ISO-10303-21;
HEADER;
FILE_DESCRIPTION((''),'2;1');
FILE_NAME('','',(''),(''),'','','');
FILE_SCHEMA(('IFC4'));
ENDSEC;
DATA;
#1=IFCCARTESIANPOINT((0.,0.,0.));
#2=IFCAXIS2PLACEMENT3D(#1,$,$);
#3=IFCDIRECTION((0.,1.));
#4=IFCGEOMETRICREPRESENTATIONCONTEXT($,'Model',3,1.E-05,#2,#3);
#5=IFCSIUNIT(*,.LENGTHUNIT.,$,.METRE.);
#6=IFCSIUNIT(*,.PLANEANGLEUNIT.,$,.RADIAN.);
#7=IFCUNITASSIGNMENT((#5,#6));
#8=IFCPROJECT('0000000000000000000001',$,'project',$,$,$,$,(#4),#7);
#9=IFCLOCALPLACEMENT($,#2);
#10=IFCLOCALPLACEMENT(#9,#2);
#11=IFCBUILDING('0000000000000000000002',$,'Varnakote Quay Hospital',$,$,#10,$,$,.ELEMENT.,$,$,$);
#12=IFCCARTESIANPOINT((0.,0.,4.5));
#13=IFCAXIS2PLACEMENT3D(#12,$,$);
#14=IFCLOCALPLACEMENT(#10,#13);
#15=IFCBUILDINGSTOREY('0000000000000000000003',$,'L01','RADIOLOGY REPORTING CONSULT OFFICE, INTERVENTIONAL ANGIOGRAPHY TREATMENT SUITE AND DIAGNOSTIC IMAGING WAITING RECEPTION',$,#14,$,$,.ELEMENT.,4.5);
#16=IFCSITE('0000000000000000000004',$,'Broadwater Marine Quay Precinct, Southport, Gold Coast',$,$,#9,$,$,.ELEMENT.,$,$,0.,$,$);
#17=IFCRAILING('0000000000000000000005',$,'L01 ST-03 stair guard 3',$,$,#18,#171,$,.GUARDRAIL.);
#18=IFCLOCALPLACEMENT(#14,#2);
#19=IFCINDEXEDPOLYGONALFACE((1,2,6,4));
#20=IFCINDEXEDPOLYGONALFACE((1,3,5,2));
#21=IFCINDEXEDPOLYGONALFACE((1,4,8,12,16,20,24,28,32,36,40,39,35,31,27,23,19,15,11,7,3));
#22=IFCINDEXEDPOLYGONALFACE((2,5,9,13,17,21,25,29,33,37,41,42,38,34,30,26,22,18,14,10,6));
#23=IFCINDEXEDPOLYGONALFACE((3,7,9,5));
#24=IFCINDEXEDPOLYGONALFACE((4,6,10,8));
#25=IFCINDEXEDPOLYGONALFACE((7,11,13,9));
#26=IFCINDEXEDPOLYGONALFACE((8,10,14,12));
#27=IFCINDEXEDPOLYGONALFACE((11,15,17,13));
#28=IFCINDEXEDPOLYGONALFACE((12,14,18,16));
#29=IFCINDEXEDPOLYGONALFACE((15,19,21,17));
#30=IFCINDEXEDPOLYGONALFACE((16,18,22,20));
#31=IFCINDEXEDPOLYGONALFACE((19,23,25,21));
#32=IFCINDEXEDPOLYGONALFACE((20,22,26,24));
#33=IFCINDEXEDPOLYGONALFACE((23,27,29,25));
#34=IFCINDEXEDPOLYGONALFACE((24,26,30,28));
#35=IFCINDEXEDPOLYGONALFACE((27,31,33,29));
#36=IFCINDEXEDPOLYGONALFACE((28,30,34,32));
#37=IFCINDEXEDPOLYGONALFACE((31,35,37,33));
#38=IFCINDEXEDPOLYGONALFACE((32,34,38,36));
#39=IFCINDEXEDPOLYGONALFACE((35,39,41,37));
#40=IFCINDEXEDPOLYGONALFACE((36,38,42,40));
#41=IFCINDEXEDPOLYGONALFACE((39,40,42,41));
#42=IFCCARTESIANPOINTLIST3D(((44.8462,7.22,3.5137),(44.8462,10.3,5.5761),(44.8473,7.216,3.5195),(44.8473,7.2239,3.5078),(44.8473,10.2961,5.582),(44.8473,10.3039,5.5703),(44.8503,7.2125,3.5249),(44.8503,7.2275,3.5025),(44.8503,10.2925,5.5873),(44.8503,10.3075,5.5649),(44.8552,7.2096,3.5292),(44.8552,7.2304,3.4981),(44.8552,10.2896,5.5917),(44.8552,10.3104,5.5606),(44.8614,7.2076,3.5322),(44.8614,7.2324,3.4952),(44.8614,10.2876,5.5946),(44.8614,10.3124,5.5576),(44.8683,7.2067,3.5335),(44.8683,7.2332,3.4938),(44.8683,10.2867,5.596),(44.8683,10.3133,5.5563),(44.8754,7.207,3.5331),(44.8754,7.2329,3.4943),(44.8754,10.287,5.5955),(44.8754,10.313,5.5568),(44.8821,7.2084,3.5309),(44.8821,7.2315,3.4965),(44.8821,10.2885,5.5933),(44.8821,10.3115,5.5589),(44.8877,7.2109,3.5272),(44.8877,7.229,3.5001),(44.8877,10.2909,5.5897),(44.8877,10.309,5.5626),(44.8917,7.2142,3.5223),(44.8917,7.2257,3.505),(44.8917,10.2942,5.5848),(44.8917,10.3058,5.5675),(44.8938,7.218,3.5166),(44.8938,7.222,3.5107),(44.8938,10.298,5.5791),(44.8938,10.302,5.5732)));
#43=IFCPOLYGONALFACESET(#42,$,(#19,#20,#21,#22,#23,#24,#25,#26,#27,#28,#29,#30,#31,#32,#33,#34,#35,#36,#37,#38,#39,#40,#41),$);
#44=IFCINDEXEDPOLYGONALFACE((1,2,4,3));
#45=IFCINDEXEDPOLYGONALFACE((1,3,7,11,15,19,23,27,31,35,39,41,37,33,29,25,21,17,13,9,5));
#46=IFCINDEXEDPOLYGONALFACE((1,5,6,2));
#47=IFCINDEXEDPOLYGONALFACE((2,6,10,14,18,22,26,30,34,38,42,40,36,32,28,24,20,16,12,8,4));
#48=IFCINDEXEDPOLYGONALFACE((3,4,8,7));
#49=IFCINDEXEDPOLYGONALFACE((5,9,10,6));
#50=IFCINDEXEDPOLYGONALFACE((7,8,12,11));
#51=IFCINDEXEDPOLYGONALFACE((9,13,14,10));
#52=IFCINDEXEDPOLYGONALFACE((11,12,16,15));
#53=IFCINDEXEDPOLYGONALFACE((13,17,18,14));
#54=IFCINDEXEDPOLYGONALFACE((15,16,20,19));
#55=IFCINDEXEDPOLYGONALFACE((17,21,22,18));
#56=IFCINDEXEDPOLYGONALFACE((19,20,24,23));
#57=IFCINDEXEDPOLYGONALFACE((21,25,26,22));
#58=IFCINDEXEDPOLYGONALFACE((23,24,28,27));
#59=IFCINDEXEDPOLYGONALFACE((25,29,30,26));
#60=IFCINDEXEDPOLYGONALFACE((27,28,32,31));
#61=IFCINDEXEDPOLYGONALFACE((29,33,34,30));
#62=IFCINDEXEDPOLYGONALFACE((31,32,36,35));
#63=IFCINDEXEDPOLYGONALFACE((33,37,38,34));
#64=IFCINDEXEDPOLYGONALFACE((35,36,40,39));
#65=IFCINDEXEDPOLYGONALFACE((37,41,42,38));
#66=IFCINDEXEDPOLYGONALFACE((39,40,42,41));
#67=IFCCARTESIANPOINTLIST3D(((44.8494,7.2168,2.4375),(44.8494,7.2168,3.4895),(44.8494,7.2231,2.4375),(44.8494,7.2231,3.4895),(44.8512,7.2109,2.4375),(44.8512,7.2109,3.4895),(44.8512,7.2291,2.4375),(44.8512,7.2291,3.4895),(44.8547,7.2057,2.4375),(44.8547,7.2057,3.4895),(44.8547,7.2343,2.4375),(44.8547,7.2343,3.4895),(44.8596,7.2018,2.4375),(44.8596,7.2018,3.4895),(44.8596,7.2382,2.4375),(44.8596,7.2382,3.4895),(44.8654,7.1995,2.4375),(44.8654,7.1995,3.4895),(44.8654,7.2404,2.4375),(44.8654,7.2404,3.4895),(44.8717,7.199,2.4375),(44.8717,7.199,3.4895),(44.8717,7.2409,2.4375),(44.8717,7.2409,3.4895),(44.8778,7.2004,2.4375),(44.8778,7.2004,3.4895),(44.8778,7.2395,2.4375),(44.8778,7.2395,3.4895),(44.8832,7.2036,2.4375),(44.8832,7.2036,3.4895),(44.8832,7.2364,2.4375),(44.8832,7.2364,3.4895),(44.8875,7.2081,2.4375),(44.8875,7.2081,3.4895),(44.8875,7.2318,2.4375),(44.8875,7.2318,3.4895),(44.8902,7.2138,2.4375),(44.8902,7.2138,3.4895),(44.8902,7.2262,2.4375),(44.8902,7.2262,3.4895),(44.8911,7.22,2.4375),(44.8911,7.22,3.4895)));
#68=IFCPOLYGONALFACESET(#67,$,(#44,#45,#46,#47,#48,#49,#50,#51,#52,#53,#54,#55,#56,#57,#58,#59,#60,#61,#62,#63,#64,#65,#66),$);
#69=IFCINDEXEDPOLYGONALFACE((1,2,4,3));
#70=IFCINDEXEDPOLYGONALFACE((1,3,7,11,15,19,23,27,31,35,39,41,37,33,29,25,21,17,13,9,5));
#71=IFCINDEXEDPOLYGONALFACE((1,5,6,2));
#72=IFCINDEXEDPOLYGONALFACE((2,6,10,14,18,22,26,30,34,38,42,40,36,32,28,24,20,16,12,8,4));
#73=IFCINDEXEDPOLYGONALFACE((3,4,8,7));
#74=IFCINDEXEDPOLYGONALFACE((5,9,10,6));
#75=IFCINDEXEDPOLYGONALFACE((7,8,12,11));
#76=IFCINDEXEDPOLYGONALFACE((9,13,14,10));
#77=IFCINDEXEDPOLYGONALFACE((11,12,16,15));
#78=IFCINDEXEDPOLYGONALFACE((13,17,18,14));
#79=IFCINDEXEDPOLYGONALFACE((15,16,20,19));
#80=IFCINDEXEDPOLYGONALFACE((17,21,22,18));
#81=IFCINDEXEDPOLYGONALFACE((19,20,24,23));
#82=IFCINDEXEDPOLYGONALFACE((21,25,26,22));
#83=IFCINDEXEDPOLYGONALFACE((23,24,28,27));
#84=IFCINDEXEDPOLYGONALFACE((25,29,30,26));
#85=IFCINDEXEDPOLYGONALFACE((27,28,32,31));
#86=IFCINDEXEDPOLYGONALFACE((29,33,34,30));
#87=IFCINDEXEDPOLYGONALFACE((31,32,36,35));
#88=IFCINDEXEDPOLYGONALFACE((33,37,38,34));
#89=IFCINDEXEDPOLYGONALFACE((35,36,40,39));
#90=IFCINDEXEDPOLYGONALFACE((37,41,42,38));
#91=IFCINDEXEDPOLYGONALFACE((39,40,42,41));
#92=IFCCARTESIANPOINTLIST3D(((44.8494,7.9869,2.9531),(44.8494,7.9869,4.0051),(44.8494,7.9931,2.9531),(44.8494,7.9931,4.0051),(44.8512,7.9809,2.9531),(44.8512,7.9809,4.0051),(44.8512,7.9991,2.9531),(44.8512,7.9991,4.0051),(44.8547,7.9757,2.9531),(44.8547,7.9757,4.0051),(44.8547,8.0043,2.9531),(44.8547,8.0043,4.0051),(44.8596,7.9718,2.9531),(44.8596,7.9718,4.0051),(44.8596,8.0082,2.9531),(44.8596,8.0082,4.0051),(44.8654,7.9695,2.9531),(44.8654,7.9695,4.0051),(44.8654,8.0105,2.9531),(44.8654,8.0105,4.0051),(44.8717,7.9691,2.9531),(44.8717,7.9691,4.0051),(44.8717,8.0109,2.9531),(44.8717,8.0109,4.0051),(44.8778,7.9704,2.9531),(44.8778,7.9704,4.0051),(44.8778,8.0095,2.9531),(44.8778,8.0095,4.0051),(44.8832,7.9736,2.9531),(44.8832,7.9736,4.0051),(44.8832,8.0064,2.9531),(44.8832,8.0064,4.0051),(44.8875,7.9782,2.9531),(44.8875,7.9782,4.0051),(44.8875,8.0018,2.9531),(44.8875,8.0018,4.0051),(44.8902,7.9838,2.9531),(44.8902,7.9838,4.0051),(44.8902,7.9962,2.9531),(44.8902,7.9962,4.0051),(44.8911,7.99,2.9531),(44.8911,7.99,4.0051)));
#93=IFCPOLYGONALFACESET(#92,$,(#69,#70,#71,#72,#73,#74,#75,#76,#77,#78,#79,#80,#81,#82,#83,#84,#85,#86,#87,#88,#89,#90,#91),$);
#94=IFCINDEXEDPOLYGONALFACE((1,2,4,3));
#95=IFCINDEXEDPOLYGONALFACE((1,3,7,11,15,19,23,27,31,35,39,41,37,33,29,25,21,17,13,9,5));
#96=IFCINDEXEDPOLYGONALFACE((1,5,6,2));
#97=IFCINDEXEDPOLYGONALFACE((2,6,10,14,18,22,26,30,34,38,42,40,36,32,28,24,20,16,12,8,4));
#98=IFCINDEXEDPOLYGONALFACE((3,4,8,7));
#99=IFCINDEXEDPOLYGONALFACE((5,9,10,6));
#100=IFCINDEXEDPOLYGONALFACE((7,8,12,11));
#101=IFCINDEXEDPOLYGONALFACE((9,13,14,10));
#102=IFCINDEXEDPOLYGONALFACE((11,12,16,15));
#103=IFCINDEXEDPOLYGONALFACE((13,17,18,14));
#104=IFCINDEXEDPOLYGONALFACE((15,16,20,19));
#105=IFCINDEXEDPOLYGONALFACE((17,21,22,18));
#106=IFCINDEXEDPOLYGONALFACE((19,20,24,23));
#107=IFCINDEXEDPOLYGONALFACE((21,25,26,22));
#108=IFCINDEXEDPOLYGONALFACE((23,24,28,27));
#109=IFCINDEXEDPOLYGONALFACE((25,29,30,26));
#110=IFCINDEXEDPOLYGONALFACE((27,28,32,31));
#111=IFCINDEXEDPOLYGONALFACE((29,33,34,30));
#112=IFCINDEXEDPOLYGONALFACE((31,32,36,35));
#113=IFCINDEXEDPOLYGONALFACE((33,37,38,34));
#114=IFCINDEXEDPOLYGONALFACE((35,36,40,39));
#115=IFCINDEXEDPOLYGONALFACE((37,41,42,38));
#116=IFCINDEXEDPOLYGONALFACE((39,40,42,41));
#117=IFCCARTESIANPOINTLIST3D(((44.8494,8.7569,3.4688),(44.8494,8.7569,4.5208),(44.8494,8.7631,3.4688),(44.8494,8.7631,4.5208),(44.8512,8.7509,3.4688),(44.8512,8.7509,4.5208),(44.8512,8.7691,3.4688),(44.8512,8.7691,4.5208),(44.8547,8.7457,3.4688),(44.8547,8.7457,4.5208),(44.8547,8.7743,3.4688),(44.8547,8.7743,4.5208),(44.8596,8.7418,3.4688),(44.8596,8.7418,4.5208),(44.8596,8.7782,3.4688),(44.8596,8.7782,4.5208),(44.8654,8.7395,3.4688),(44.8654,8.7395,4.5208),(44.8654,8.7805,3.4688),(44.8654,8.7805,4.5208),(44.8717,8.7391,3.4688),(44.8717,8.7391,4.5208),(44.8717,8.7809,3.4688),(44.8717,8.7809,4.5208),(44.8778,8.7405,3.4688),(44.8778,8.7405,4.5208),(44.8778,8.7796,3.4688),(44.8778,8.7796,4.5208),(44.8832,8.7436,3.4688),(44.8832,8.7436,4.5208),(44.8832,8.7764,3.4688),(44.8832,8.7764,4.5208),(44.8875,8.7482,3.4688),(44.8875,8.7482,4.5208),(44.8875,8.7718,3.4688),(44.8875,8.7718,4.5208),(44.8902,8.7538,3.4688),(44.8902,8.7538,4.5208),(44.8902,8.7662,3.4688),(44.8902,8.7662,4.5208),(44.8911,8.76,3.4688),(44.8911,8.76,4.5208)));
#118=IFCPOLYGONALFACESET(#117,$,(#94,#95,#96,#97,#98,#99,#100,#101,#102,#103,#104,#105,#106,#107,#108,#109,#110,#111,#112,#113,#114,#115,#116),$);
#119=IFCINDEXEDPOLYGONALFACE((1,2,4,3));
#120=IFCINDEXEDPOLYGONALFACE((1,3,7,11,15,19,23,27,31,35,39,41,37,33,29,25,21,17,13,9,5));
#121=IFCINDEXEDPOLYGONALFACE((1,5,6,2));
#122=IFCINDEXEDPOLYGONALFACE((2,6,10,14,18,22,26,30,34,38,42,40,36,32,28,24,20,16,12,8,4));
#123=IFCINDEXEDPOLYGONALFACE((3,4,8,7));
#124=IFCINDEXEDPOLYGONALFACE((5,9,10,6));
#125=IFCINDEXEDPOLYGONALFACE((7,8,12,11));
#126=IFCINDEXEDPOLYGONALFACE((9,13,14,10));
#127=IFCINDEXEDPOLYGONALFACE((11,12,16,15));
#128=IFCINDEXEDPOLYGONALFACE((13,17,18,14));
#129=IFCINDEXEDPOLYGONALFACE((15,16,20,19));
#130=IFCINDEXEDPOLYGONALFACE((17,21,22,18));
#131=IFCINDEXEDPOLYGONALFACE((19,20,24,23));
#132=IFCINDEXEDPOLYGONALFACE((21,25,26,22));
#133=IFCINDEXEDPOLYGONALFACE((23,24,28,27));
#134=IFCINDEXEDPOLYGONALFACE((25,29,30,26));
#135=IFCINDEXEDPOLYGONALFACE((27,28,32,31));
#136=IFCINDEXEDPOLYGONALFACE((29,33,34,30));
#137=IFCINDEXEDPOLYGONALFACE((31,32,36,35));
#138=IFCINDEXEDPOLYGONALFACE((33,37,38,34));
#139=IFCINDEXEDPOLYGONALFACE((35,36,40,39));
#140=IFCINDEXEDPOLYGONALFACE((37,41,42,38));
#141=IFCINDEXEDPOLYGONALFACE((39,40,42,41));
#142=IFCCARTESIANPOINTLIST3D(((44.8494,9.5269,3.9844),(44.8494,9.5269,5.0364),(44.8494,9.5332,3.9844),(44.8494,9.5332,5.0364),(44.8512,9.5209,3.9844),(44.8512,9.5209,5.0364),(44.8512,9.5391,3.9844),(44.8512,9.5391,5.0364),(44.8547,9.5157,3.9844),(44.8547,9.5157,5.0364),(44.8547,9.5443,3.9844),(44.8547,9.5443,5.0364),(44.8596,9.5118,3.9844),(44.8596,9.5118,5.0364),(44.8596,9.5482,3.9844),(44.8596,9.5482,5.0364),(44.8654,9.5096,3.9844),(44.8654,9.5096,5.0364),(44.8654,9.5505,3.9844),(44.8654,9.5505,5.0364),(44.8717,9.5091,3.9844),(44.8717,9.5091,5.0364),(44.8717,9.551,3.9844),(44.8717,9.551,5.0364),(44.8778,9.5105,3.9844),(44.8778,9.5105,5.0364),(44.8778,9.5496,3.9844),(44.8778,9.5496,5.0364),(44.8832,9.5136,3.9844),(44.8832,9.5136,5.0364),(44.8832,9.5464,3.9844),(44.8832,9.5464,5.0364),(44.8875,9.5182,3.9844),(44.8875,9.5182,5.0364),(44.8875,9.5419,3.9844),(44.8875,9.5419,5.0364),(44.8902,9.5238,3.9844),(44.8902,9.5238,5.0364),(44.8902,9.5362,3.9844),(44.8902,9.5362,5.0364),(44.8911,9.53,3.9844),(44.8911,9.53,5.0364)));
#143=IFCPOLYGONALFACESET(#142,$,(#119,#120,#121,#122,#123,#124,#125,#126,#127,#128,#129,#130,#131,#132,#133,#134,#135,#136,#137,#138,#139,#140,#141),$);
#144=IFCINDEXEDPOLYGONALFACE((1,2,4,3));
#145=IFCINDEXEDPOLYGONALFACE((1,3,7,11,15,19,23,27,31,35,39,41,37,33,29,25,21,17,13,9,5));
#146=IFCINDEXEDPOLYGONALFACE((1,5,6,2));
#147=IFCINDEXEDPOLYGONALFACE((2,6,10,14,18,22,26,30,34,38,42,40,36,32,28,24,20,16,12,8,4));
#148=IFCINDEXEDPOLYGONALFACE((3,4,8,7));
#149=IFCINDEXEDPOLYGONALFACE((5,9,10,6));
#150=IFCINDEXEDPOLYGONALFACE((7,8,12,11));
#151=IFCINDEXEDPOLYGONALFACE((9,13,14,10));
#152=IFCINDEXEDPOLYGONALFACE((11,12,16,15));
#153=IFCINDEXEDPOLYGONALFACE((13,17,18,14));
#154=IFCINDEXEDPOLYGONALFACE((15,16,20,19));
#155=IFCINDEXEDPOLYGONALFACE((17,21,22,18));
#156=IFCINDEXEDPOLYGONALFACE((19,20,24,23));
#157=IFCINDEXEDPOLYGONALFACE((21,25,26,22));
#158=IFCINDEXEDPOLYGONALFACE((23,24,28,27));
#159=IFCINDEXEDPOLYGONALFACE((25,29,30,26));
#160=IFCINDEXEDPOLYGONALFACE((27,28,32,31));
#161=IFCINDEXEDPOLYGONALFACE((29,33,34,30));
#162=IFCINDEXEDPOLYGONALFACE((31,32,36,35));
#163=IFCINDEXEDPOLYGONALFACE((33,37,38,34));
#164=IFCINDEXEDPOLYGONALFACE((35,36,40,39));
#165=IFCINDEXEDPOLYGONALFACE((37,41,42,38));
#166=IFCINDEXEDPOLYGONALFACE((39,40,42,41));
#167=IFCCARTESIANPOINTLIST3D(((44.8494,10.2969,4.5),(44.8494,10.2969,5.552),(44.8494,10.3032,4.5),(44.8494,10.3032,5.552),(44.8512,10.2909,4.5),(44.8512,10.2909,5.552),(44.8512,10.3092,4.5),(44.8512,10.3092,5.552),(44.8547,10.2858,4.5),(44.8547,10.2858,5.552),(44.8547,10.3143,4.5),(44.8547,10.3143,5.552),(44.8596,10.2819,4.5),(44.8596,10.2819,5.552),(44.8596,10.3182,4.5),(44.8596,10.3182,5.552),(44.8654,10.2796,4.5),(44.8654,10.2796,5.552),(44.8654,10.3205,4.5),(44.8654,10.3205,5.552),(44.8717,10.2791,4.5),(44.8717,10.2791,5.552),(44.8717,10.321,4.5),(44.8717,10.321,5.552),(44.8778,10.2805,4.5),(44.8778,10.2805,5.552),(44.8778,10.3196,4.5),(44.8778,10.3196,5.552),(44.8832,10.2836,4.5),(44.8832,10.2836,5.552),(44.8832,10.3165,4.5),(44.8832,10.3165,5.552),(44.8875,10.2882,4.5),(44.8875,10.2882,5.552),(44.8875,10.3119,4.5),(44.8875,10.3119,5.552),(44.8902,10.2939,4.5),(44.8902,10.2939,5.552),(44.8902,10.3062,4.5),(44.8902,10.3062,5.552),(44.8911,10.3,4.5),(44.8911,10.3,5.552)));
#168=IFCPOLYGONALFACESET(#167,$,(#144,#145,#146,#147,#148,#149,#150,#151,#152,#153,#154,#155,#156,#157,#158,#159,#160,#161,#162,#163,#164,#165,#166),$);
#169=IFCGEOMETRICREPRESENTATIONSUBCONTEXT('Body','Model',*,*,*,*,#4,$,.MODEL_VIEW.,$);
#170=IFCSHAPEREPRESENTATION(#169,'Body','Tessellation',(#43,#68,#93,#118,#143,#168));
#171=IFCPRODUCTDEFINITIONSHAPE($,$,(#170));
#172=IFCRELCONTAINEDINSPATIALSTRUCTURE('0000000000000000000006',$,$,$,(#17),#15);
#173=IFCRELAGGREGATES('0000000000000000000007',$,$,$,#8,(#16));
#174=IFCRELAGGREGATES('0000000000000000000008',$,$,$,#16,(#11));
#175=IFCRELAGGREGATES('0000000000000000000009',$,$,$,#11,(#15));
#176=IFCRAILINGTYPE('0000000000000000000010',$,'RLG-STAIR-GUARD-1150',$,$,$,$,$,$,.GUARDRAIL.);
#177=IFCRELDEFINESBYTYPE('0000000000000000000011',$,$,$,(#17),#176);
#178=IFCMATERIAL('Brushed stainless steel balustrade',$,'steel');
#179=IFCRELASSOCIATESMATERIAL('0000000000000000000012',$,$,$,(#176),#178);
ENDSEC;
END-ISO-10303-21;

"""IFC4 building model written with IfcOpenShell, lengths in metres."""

from ifc_helpers import new_model, si_unit, direction, frame, origin, origin_2d, place, context, subcontext, project, spatial, circle, extrude, material, type_object, element, save


model = new_model("IFC4")

# Units and contexts
model_context = context("Model", 3, precision=1e-05, world=origin(), true_north=direction((0.0, 1.0)))
body_context = subcontext(model_context, "Body", "Model", "MODEL_VIEW")
ifc_project = project(units=[si_unit("LENGTHUNIT", "METRE"), si_unit("PLANEANGLEUNIT", "RADIAN")], contexts=[model_context])

# Site, building, storey
site_placement = place(None, origin())
site = spatial("IfcSite", under=ifc_project, at=site_placement, Name="Broadwater Marine Quay Precinct, Southport, Gold Coast", CompositionType="ELEMENT", RefElevation=0.0)
building_placement = place(site_placement, origin())
building = spatial("IfcBuilding", under=site, at=building_placement, Name="Varnakote Quay Hospital", CompositionType="ELEMENT")
storey_placement = place(building_placement, frame((0.0, 0.0, 4.5)))
storey = spatial("IfcBuildingStorey", under=building, at=storey_placement, Name="L01", Description="RADIOLOGY REPORTING CONSULT OFFICE, INTERVENTIONAL ANGIOGRAPHY TREATMENT SUITE AND DIAGNOSTIC IMAGING WAITING RECEPTION", CompositionType="ELEMENT", Elevation=4.5)

# Railing
ifc_material_1 = material(Name="Brushed stainless steel balustrade", Category="steel")
railing_type_1 = type_object("IfcRailingType", Name="RLG-STAIR-GUARD-1150", PredefinedType="GUARDRAIL", material=ifc_material_1)
railing_1_placement = place(storey_placement, frame((44.8701, 7.22, 2.4375)))
element("IfcRailing", 1, at=railing_1_placement, inside=storey, type_object=railing_type_1, Name="L01 ST-03 stair guard 3", PredefinedType="GUARDRAIL", context=body_context, shape_type="SweptSolid", body=[
    extrude(circle(Radius=0.0239, at=origin_2d()), frame((0.0, 0.0, 1.0762), z_axis=(0.0, 0.830914, 0.556401), x_axis=(-1.0, 0.0, 0.0)), (0.0, 0.0, 1.0), 3.7068),
    extrude(circle(Radius=0.021, at=origin_2d()), origin(), (0.0, 0.0, 1.0), 1.052),
    extrude(circle(Radius=0.021, at=origin_2d()), frame((0.0, 0.77, 0.5156)), (0.0, 0.0, 1.0), 1.052),
    extrude(circle(Radius=0.021, at=origin_2d()), frame((0.0, 1.54, 1.0312)), (0.0, 0.0, 1.0), 1.052),
    extrude(circle(Radius=0.021, at=origin_2d()), frame((0.0, 2.3101, 1.5469)), (0.0, 0.0, 1.0), 1.052),
    extrude(circle(Radius=0.021, at=origin_2d()), frame((0.0, 3.0801, 2.0625)), (0.0, 0.0, 1.0), 1.052),
])

save(model, "model.ifc")
